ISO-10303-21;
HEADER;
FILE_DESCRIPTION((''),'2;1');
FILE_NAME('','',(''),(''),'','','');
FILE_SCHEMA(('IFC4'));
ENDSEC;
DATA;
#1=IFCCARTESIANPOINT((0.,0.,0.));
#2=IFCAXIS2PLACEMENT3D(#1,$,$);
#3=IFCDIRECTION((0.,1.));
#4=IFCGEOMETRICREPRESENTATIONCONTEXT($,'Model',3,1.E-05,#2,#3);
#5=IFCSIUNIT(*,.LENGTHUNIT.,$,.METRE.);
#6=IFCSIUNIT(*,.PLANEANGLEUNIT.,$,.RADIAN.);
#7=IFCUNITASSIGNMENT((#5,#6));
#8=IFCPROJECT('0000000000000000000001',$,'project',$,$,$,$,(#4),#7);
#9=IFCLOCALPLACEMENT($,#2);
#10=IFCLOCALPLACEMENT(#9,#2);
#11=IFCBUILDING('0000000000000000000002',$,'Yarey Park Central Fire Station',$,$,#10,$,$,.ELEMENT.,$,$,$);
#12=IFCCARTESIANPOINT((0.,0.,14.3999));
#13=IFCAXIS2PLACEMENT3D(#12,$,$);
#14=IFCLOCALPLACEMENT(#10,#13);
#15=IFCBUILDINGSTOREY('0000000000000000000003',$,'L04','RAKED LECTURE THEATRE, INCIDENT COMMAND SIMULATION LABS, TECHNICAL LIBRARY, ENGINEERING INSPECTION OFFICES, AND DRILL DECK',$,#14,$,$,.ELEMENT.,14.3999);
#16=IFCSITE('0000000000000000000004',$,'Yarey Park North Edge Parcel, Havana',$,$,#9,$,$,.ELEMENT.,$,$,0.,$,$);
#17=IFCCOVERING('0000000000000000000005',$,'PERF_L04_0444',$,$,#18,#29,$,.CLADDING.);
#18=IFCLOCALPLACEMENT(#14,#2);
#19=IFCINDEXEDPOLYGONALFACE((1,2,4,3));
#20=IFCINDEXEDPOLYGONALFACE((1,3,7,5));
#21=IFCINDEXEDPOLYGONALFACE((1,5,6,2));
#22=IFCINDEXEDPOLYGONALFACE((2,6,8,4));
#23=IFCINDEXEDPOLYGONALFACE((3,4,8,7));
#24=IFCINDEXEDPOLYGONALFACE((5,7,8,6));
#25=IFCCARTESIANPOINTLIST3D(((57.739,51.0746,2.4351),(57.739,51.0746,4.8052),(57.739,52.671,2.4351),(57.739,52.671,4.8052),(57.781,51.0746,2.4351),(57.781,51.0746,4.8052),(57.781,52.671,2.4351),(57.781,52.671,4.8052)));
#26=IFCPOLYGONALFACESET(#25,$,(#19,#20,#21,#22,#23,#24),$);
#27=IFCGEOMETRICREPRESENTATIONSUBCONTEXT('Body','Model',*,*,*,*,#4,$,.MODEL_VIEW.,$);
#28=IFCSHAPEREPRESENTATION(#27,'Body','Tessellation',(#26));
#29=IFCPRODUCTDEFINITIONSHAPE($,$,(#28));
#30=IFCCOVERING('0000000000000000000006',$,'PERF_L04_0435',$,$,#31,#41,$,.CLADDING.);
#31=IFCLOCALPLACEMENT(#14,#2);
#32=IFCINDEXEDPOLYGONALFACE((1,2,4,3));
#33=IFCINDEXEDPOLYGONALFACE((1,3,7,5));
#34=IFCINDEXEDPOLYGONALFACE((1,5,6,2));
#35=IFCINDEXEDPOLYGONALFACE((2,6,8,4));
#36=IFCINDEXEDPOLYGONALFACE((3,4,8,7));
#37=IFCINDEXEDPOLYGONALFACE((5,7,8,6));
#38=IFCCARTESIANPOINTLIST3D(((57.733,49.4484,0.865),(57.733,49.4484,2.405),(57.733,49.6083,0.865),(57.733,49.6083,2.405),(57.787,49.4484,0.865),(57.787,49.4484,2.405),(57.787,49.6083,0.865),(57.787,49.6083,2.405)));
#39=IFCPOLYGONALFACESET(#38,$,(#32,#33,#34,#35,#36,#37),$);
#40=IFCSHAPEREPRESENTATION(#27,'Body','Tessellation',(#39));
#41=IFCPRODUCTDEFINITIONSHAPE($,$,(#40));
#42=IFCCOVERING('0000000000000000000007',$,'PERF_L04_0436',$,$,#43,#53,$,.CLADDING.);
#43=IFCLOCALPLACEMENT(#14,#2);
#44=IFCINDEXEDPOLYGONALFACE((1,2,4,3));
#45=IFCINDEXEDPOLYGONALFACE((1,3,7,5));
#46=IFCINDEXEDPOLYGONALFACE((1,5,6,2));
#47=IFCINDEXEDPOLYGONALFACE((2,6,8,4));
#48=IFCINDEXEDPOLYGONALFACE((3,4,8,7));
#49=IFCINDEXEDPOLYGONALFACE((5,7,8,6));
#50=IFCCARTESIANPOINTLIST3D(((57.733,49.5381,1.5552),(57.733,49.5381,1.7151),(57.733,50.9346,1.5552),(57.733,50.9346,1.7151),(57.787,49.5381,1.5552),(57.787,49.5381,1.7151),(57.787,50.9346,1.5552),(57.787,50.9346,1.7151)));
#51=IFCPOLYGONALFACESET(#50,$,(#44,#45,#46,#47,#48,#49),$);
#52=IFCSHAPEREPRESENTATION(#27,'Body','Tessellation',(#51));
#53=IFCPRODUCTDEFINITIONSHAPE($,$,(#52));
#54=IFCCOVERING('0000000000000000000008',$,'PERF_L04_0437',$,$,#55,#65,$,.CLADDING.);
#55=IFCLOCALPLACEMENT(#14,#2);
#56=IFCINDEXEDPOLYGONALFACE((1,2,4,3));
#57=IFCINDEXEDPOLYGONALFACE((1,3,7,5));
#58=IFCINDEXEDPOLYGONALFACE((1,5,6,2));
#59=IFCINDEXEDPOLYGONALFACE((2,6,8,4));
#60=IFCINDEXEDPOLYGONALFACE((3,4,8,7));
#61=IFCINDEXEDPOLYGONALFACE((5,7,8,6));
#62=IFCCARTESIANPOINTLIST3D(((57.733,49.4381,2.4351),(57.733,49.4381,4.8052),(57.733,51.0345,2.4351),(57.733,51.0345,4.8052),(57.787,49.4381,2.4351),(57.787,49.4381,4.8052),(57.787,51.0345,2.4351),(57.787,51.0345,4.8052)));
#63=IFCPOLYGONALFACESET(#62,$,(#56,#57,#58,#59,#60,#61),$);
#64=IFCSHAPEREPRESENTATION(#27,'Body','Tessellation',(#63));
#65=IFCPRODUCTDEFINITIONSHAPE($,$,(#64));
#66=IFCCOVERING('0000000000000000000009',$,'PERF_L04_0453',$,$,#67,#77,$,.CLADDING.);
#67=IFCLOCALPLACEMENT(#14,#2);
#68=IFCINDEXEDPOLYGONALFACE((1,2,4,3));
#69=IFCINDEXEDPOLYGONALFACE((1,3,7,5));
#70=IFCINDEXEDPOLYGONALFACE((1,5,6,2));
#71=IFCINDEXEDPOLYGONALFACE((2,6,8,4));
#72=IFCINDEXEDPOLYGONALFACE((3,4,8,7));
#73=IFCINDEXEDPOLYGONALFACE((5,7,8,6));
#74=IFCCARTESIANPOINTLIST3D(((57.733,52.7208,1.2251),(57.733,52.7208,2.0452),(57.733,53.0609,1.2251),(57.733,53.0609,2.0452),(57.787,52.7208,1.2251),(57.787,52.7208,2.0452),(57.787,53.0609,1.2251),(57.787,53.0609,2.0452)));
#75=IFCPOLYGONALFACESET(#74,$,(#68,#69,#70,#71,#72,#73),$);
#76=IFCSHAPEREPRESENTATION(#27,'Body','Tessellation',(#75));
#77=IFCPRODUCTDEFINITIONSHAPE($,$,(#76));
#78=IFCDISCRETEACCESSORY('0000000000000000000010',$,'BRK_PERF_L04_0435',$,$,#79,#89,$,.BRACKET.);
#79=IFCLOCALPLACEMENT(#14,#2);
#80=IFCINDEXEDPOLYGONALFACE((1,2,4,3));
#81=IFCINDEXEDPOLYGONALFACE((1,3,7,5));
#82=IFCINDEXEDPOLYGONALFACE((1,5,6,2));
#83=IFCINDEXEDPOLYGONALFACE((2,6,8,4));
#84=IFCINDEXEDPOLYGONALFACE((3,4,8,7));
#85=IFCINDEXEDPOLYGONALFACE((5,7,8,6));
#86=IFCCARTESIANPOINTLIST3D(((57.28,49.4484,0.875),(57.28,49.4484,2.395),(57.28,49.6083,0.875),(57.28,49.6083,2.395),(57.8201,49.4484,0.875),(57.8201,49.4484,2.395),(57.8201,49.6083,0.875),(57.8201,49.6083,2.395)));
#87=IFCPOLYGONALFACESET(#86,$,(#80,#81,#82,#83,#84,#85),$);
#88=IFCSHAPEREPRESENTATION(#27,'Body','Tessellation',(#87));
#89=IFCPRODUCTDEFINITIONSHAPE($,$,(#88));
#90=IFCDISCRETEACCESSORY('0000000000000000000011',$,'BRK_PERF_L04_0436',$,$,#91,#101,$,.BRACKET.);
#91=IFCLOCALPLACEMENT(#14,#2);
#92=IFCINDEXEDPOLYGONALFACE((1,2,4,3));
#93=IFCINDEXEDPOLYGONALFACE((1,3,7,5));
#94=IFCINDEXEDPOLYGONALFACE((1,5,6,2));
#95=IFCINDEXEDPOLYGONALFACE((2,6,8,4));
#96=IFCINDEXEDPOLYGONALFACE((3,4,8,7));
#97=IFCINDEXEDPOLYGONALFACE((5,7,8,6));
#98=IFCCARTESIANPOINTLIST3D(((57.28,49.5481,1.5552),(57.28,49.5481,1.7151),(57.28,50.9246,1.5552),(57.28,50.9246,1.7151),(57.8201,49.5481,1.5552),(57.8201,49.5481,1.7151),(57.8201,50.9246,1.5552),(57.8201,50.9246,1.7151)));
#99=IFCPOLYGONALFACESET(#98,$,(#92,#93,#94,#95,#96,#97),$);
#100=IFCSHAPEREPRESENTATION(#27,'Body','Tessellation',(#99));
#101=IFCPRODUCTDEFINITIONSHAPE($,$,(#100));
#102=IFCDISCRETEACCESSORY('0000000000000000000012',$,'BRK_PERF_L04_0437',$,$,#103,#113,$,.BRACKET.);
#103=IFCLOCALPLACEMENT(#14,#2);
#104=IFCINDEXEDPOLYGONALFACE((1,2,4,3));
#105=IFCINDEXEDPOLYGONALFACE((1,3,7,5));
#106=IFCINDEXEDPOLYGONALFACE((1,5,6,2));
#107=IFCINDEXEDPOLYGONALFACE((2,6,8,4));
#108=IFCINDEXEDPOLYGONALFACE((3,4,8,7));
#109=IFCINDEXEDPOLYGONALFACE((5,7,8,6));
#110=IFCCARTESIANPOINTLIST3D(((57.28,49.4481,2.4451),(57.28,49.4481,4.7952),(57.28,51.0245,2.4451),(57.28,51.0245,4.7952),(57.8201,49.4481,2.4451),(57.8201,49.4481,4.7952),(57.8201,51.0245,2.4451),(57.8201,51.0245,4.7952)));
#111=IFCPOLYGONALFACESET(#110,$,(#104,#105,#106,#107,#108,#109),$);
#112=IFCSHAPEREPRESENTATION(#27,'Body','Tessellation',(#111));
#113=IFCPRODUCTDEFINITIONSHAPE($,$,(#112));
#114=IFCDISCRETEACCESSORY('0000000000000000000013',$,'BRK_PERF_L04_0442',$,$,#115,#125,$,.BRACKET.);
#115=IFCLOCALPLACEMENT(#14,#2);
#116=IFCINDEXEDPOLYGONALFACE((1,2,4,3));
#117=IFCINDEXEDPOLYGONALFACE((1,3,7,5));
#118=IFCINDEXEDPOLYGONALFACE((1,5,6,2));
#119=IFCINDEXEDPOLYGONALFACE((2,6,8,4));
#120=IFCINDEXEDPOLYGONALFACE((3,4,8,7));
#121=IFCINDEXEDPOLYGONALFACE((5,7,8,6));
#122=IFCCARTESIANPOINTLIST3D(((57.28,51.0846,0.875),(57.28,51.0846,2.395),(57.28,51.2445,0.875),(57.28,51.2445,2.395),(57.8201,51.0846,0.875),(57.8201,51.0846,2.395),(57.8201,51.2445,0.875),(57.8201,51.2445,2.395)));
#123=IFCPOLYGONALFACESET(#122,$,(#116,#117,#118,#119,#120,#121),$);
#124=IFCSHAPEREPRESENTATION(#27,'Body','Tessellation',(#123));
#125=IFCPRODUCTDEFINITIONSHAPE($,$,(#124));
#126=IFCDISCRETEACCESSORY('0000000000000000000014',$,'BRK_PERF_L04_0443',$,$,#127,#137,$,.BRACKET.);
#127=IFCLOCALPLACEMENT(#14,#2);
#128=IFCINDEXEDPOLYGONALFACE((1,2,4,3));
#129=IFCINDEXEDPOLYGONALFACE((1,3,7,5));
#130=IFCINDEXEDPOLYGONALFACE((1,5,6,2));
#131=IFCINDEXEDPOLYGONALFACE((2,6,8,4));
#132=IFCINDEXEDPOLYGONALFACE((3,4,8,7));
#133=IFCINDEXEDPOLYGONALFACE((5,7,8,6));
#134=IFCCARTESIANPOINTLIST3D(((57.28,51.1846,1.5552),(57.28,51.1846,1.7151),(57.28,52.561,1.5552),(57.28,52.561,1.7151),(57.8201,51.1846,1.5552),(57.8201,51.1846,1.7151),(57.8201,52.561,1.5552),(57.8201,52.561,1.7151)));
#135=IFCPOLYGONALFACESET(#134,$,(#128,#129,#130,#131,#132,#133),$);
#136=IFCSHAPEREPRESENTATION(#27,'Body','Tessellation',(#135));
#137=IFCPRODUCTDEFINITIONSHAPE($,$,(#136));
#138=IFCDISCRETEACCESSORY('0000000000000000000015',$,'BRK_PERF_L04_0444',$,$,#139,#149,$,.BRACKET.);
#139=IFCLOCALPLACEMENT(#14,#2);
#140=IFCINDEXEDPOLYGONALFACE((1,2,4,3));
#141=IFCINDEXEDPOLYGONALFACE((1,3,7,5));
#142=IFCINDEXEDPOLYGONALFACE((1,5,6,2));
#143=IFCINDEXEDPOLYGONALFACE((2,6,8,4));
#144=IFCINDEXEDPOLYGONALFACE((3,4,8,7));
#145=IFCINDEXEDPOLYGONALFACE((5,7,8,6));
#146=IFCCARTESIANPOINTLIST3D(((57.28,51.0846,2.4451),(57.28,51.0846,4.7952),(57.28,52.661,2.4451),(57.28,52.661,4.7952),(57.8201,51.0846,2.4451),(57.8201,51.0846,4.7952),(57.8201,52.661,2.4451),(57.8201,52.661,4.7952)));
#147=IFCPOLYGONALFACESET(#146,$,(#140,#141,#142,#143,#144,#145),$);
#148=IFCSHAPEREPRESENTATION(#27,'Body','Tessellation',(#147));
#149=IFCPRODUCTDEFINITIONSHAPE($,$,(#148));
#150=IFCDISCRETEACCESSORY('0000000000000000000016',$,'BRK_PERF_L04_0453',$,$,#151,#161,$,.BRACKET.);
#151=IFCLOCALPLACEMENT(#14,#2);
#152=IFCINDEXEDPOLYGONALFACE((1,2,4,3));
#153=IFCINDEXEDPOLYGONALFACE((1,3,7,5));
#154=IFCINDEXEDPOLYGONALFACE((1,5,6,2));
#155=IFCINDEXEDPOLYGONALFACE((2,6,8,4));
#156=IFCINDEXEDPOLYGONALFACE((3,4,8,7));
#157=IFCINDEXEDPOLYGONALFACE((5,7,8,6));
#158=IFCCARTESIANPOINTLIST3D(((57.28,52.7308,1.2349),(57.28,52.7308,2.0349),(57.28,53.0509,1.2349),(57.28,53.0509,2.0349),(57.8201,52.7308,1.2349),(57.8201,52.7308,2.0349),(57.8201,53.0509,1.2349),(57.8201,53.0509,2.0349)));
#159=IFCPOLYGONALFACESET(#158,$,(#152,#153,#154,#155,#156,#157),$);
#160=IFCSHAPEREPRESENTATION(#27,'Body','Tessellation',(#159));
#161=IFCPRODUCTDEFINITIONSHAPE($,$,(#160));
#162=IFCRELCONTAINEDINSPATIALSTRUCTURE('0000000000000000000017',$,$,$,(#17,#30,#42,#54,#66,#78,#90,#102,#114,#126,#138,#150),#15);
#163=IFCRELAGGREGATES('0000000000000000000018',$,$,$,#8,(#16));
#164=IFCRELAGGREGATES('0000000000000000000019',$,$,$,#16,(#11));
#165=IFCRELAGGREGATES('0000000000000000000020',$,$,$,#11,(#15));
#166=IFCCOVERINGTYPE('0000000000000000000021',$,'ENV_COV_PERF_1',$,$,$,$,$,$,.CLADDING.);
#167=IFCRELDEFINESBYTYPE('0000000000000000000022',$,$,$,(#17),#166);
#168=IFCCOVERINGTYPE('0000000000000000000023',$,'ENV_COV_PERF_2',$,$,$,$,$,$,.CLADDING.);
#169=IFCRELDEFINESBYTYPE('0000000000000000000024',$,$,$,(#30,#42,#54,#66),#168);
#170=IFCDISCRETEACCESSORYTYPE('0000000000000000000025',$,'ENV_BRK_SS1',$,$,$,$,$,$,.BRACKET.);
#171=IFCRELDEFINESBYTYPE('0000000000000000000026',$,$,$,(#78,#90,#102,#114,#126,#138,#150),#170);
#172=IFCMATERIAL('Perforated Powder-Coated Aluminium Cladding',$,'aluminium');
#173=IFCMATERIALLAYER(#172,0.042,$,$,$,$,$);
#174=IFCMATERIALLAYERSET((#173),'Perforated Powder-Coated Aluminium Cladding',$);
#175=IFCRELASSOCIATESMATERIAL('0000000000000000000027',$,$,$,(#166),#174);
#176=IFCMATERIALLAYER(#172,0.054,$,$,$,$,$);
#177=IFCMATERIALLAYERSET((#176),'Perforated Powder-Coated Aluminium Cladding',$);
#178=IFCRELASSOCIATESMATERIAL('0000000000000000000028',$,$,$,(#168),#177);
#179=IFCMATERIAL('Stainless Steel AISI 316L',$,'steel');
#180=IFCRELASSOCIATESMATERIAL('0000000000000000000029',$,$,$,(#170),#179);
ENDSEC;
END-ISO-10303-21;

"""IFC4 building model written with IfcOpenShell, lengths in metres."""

from ifc_helpers import new_model, si_unit, direction, frame, origin, origin_2d, place, context, subcontext, project, spatial, rectangle, extrude, material, layer, layer_set, type_object, element, save


model = new_model("IFC4")

# Units and contexts
model_context = context("Model", 3, precision=1e-05, world=origin(), true_north=direction((0.0, 1.0)))
body_context = subcontext(model_context, "Body", "Model", "MODEL_VIEW")
ifc_project = project(units=[si_unit("LENGTHUNIT", "METRE"), si_unit("PLANEANGLEUNIT", "RADIAN")], contexts=[model_context])

# Site, building, storey
site_placement = place(None, origin())
site = spatial("IfcSite", under=ifc_project, at=site_placement, Name="Yarey Park North Edge Parcel, Havana", CompositionType="ELEMENT", RefElevation=0.0)
building_placement = place(site_placement, origin())
building = spatial("IfcBuilding", under=site, at=building_placement, Name="Yarey Park Central Fire Station", CompositionType="ELEMENT")
storey_placement = place(building_placement, frame((0.0, 0.0, 14.3999)))
storey = spatial("IfcBuildingStorey", under=building, at=storey_placement, Name="L04", Description="RAKED LECTURE THEATRE, INCIDENT COMMAND SIMULATION LABS, TECHNICAL LIBRARY, ENGINEERING INSPECTION OFFICES, AND DRILL DECK", CompositionType="ELEMENT", Elevation=14.3999)

# Coverings
ifc_material_1 = material(Name="Perforated Powder-Coated Aluminium Cladding", Category="aluminium")
ifc_layer_1 = layer(ifc_material_1, 0.042)
ifc_layer_set_1 = layer_set([ifc_layer_1], Name="Perforated Powder-Coated Aluminium Cladding")
covering_type_1 = type_object("IfcCoveringType", Name="ENV_COV_PERF_1", PredefinedType="CLADDING", material=ifc_layer_set_1)
covering_1_placement = place(storey_placement, frame((57.76, 51.8728, 2.4351), z_axis=(0.0, 0.0, 1.0), x_axis=(0.0, 1.0, 0.0)))
element("IfcCovering", 1, at=covering_1_placement, inside=storey, type_object=covering_type_1, Name="PERF_L04_0444", PredefinedType="CLADDING", context=body_context, shape_type="SweptSolid", body=[
    extrude(rectangle(XDim=1.5964, YDim=0.042, at=origin_2d()), origin(), (0.0, 0.0, 1.0), 2.3701),
])
ifc_layer_2 = layer(ifc_material_1, 0.054)
ifc_layer_set_2 = layer_set([ifc_layer_2], Name="Perforated Powder-Coated Aluminium Cladding")
covering_type_2 = type_object("IfcCoveringType", Name="ENV_COV_PERF_2", PredefinedType="CLADDING", material=ifc_layer_set_2)
covering_2_placement = place(storey_placement, frame((57.76, 49.5283, 0.865), z_axis=(0.0, 0.0, 1.0), x_axis=(0.0, 1.0, 0.0)))
element("IfcCovering", 2, at=covering_2_placement, inside=storey, type_object=covering_type_2, Name="PERF_L04_0435", PredefinedType="CLADDING", context=body_context, shape_type="SweptSolid", body=[
    extrude(rectangle(XDim=0.1599, YDim=0.054, at=origin_2d()), origin(), (0.0, 0.0, 1.0), 1.54),
])
covering_3_placement = place(storey_placement, frame((57.76, 50.2363, 1.5552), z_axis=(0.0, 0.0, 1.0), x_axis=(0.0, 1.0, 0.0)))
element("IfcCovering", 3, at=covering_3_placement, inside=storey, type_object=covering_type_2, Name="PERF_L04_0436", PredefinedType="CLADDING", context=body_context, shape_type="SweptSolid", body=[
    extrude(rectangle(XDim=1.3965, YDim=0.054, at=origin_2d()), origin(), (0.0, 0.0, 1.0), 0.1599),
])
covering_4_placement = place(storey_placement, frame((57.76, 50.2363, 2.4351), z_axis=(0.0, 0.0, 1.0), x_axis=(0.0, 1.0, 0.0)))
element("IfcCovering", 4, at=covering_4_placement, inside=storey, type_object=covering_type_2, Name="PERF_L04_0437", PredefinedType="CLADDING", context=body_context, shape_type="SweptSolid", body=[
    extrude(rectangle(XDim=1.5964, YDim=0.054, at=origin_2d()), origin(), (0.0, 0.0, 1.0), 2.3701),
])
covering_5_placement = place(storey_placement, frame((57.76, 52.8909, 1.2251), z_axis=(0.0, 0.0, 1.0), x_axis=(0.0, 1.0, 0.0)))
element("IfcCovering", 5, at=covering_5_placement, inside=storey, type_object=covering_type_2, Name="PERF_L04_0453", PredefinedType="CLADDING", context=body_context, shape_type="SweptSolid", body=[
    extrude(rectangle(XDim=0.3401, YDim=0.054, at=origin_2d()), origin(), (0.0, 0.0, 1.0), 0.8201),
])

# Discrete accessories
ifc_material_2 = material(Name="Stainless Steel AISI 316L", Category="steel")
discrete_accessory_type = type_object("IfcDiscreteAccessoryType", Name="ENV_BRK_SS1", PredefinedType="BRACKET", material=ifc_material_2)
discrete_accessory_1_placement = place(storey_placement, frame((57.55, 49.5283, 0.875), z_axis=(0.0, 0.0, 1.0), x_axis=(1.0, 0.0, 0.0)))
element("IfcDiscreteAccessory", 6, at=discrete_accessory_1_placement, inside=storey, type_object=discrete_accessory_type, Name="BRK_PERF_L04_0435", PredefinedType="BRACKET", context=body_context, shape_type="SweptSolid", body=[
    extrude(rectangle(XDim=0.54, YDim=0.1599, at=origin_2d()), origin(), (0.0, 0.0, 1.0), 1.52),
])
discrete_accessory_2_placement = place(storey_placement, frame((57.55, 50.2363, 1.5552), z_axis=(0.0, 0.0, 1.0), x_axis=(1.0, 0.0, 0.0)))
element("IfcDiscreteAccessory", 7, at=discrete_accessory_2_placement, inside=storey, type_object=discrete_accessory_type, Name="BRK_PERF_L04_0436", PredefinedType="BRACKET", context=body_context, shape_type="SweptSolid", body=[
    extrude(rectangle(XDim=0.54, YDim=1.3765, at=origin_2d()), origin(), (0.0, 0.0, 1.0), 0.1599),
])
discrete_accessory_3_placement = place(storey_placement, frame((57.55, 50.2363, 2.4451), z_axis=(0.0, 0.0, 1.0), x_axis=(1.0, 0.0, 0.0)))
element("IfcDiscreteAccessory", 8, at=discrete_accessory_3_placement, inside=storey, type_object=discrete_accessory_type, Name="BRK_PERF_L04_0437", PredefinedType="BRACKET", context=body_context, shape_type="SweptSolid", body=[
    extrude(rectangle(XDim=0.54, YDim=1.5764, at=origin_2d()), origin(), (0.0, 0.0, 1.0), 2.3501),
])
discrete_accessory_4_placement = place(storey_placement, frame((57.55, 51.1646, 0.875), z_axis=(0.0, 0.0, 1.0), x_axis=(1.0, 0.0, 0.0)))
element("IfcDiscreteAccessory", 9, at=discrete_accessory_4_placement, inside=storey, type_object=discrete_accessory_type, Name="BRK_PERF_L04_0442", PredefinedType="BRACKET", context=body_context, shape_type="SweptSolid", body=[
    extrude(rectangle(XDim=0.54, YDim=0.1599, at=origin_2d()), origin(), (0.0, 0.0, 1.0), 1.52),
])
discrete_accessory_5_placement = place(storey_placement, frame((57.55, 51.8728, 1.5552), z_axis=(0.0, 0.0, 1.0), x_axis=(1.0, 0.0, 0.0)))
element("IfcDiscreteAccessory", 10, at=discrete_accessory_5_placement, inside=storey, type_object=discrete_accessory_type, Name="BRK_PERF_L04_0443", PredefinedType="BRACKET", context=body_context, shape_type="SweptSolid", body=[
    extrude(rectangle(XDim=0.54, YDim=1.3765, at=origin_2d()), origin(), (0.0, 0.0, 1.0), 0.1599),
])
discrete_accessory_6_placement = place(storey_placement, frame((57.55, 51.8728, 2.4451), z_axis=(0.0, 0.0, 1.0), x_axis=(1.0, 0.0, 0.0)))
element("IfcDiscreteAccessory", 11, at=discrete_accessory_6_placement, inside=storey, type_object=discrete_accessory_type, Name="BRK_PERF_L04_0444", PredefinedType="BRACKET", context=body_context, shape_type="SweptSolid", body=[
    extrude(rectangle(XDim=0.54, YDim=1.5764, at=origin_2d()), origin(), (0.0, 0.0, 1.0), 2.3501),
])
discrete_accessory_7_placement = place(storey_placement, frame((57.55, 52.8909, 1.2349), z_axis=(0.0, 0.0, 1.0), x_axis=(1.0, 0.0, 0.0)))
element("IfcDiscreteAccessory", 12, at=discrete_accessory_7_placement, inside=storey, type_object=discrete_accessory_type, Name="BRK_PERF_L04_0453", PredefinedType="BRACKET", context=body_context, shape_type="SweptSolid", body=[
    extrude(rectangle(XDim=0.54, YDim=0.3201, at=origin_2d()), origin(), (0.0, 0.0, 1.0), 0.8),
])

save(model, "model.ifc")
